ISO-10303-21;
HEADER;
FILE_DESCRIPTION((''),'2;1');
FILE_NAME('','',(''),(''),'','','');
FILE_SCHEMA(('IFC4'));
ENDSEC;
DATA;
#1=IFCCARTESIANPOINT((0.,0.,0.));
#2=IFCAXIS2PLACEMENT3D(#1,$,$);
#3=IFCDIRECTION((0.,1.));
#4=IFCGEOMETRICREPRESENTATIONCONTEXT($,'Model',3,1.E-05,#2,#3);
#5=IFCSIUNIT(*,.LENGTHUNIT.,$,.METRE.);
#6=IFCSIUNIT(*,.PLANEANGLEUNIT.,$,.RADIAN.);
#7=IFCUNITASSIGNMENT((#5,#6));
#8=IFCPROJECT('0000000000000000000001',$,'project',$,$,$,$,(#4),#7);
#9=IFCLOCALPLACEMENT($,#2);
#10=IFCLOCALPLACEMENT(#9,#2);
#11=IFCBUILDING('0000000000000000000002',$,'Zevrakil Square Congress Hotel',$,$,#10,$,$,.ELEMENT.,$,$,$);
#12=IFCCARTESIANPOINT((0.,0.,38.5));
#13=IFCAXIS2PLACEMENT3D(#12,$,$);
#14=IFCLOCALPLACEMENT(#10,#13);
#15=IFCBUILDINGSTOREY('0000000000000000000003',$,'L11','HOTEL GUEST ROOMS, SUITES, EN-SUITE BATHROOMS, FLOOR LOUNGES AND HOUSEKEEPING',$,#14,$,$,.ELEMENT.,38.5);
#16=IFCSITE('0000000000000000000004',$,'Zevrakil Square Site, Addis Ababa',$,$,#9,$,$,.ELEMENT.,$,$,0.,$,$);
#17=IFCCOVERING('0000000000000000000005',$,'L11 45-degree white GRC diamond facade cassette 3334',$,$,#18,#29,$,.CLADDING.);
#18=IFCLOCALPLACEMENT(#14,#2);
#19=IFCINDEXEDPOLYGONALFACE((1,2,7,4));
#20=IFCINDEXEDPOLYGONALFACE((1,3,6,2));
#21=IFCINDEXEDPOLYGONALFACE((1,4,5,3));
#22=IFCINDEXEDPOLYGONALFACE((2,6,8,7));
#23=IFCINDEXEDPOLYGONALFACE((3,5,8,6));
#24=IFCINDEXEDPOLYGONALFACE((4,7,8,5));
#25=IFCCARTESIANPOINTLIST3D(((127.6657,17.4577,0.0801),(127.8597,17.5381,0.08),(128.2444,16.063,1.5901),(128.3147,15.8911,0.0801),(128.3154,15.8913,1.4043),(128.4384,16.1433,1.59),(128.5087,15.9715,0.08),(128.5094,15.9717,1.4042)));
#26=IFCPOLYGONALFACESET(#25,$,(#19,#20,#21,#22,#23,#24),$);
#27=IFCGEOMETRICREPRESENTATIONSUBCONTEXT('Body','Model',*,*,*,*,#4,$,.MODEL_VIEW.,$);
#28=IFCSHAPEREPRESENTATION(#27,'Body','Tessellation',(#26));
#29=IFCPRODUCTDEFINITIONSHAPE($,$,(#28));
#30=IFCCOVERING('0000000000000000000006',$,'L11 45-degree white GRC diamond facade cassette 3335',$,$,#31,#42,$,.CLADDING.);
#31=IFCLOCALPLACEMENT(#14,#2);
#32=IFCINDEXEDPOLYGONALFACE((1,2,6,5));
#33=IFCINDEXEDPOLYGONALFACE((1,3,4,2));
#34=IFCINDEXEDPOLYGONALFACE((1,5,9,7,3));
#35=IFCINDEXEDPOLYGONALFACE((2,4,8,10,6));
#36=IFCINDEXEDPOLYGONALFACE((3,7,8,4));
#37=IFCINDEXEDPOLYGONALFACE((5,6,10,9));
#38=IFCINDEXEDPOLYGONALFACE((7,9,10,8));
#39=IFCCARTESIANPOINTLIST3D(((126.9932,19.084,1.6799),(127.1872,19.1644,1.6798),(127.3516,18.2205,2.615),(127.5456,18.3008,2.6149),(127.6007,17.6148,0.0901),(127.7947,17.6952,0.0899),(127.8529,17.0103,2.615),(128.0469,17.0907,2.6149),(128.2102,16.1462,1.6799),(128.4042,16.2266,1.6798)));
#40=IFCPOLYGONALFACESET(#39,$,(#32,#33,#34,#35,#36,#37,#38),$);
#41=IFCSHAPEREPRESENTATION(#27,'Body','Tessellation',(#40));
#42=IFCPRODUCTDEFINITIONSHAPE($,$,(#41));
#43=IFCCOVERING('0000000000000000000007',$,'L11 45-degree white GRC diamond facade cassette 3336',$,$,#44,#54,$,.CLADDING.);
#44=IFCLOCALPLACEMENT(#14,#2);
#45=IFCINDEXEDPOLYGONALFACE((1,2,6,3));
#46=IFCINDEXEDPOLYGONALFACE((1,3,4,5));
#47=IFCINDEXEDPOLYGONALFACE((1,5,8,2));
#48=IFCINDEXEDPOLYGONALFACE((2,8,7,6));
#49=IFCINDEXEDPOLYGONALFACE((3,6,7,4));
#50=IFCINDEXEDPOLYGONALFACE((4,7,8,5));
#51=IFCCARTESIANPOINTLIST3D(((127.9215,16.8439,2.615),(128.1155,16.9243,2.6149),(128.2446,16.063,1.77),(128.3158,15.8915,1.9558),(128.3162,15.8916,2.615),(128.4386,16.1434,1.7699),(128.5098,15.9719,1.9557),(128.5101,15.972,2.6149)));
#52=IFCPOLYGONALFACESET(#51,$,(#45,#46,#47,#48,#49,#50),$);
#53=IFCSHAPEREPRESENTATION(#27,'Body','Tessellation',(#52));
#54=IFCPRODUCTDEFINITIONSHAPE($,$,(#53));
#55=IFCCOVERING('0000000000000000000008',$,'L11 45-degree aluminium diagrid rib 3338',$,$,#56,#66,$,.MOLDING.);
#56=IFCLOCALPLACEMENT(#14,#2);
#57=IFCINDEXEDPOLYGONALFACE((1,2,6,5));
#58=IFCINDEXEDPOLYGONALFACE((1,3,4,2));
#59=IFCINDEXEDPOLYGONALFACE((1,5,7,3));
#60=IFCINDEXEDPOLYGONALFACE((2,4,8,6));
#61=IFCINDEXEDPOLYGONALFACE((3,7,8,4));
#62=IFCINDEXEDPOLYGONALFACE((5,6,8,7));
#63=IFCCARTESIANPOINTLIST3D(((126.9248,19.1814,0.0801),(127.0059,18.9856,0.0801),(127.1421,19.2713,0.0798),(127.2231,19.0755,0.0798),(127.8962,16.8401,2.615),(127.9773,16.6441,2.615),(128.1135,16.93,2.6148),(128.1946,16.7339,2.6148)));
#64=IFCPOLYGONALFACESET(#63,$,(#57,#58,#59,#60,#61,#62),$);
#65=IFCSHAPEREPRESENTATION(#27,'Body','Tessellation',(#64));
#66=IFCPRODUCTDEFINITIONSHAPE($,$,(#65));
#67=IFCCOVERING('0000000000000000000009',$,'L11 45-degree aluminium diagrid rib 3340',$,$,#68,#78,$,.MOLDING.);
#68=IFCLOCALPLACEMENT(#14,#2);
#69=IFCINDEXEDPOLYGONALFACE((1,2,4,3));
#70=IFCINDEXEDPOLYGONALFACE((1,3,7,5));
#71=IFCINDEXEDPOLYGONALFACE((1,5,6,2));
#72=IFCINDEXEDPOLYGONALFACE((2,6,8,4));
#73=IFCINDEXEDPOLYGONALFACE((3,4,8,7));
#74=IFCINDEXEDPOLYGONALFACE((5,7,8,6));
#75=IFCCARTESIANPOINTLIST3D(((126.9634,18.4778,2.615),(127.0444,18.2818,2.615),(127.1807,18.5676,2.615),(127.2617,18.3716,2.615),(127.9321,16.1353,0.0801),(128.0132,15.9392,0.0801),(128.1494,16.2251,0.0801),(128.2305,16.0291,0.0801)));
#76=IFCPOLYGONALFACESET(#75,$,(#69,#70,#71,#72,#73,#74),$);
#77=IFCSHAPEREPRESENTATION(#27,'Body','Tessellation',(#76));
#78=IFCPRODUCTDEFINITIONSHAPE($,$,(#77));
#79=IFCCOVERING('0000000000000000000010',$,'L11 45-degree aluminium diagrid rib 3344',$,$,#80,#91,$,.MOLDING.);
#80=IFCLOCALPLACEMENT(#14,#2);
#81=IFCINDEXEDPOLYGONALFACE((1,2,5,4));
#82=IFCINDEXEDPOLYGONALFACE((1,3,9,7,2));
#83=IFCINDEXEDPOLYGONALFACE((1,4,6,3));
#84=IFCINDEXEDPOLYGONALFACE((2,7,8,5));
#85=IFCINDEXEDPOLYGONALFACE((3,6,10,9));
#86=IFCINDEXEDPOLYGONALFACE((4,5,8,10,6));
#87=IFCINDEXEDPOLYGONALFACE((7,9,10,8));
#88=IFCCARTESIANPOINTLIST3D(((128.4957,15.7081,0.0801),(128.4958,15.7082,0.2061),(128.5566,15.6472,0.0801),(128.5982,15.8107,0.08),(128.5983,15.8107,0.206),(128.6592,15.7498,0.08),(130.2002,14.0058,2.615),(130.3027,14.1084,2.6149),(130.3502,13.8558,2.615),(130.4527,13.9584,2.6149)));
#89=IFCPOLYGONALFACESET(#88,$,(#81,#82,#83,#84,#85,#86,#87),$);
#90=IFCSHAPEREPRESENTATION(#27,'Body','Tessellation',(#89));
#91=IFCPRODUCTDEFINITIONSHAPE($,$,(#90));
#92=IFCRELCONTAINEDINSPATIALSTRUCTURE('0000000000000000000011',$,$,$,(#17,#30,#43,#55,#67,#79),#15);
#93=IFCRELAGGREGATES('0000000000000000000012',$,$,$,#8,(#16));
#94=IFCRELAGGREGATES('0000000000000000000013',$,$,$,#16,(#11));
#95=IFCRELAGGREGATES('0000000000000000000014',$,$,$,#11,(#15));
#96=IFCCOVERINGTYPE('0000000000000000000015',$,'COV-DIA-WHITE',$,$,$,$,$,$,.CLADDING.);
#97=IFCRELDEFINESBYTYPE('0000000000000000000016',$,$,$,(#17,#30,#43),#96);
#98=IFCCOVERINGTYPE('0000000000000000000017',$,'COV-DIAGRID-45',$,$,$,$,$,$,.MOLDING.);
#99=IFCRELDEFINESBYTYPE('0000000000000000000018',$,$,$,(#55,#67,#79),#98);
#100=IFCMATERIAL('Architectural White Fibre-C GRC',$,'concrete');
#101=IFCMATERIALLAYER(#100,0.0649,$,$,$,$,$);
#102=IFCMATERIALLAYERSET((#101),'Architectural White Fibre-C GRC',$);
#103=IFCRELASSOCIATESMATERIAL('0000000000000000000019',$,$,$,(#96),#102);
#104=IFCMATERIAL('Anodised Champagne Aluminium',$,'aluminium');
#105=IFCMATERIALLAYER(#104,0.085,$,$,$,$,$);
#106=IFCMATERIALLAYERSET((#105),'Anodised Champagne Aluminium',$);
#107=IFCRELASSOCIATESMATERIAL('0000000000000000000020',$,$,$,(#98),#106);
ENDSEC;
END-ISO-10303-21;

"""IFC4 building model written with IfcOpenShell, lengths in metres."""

from ifc_helpers import new_model, si_unit, direction, frame, origin, place, context, subcontext, project, spatial, polyline, outline, extrude, material, layer, layer_set, type_object, element, save


model = new_model("IFC4")

# Units and contexts
model_context = context("Model", 3, precision=1e-05, world=origin(), true_north=direction((0.0, 1.0)))
body_context = subcontext(model_context, "Body", "Model", "MODEL_VIEW")
ifc_project = project(units=[si_unit("LENGTHUNIT", "METRE"), si_unit("PLANEANGLEUNIT", "RADIAN")], contexts=[model_context])

# Site, building, storey
site_placement = place(None, origin())
site = spatial("IfcSite", under=ifc_project, at=site_placement, Name="Zevrakil Square Site, Addis Ababa", CompositionType="ELEMENT", RefElevation=0.0)
building_placement = place(site_placement, origin())
building = spatial("IfcBuilding", under=site, at=building_placement, Name="Zevrakil Square Congress Hotel", CompositionType="ELEMENT")
storey_placement = place(building_placement, frame((0.0, 0.0, 38.5)))
storey = spatial("IfcBuildingStorey", under=building, at=storey_placement, Name="L11", Description="HOTEL GUEST ROOMS, SUITES, EN-SUITE BATHROOMS, FLOOR LOUNGES AND HOUSEKEEPING", CompositionType="ELEMENT", Elevation=38.5)

# Coverings
ifc_material_1 = material(Name="Architectural White Fibre-C GRC", Category="concrete")
ifc_layer_1 = layer(ifc_material_1, 0.0649)
ifc_layer_set_1 = layer_set([ifc_layer_1], Name="Architectural White Fibre-C GRC")
covering_type_1 = type_object("IfcCoveringType", Name="COV-DIA-WHITE", PredefinedType="CLADDING", material=ifc_layer_set_1)
covering_1_placement = place(storey_placement, frame((128.2444, 16.063, 1.5901), z_axis=(-0.923868, -0.382711, 0.000542), x_axis=(0.270236, -0.653355, -0.707177)))
element("IfcCovering", 1, at=covering_1_placement, inside=storey, type_object=covering_type_1, Name="L11 45-degree white GRC diamond facade cassette 3334", PredefinedType="CLADDING", context=body_context, shape_type="SweptSolid", body=[
    extrude(outline(polyline([(0.0, 0.0), (0.2627, 0.0), (1.1991, -0.9363), (0.0002, -2.1355), (0.0, 0.0)])), origin(), (0.0, 0.0, -1.0), 0.21),
])
covering_2_placement = place(storey_placement, frame((128.2102, 16.1462, 1.6799), z_axis=(-0.923863, -0.382722, 0.000661), x_axis=(-0.271071, 0.653126, -0.707069)))
element("IfcCovering", 2, at=covering_2_placement, inside=storey, type_object=covering_type_1, Name="L11 45-degree white GRC diamond facade cassette 3335", PredefinedType="CLADDING", context=body_context, shape_type="SweptSolid", body=[
    extrude(outline(polyline([(0.0, 0.0), (2.2485, 0.0), (2.2486, -2.2484), (0.9263, -2.2485), (0.0, -1.3223), (0.0, 0.0)])), origin(), (0.0, 0.0, -1.0), 0.21),
])
covering_3_placement = place(storey_placement, frame((128.2446, 16.063, 1.77), z_axis=(-0.923814, -0.38284, 0.000556), x_axis=(-0.270377, 0.653459, 0.707027)))
element("IfcCovering", 3, at=covering_3_placement, inside=storey, type_object=covering_type_1, Name="L11 45-degree white GRC diamond facade cassette 3336", PredefinedType="CLADDING", context=body_context, shape_type="SweptSolid", body=[
    extrude(outline(polyline([(0.0, 0.0), (1.1951, 0.0), (0.4661, -0.7289), (0.0001, -0.2626), (0.0, 0.0)])), origin(), (0.0, 0.0, -1.0), 0.21),
])
ifc_material_2 = material(Name="Anodised Champagne Aluminium", Category="aluminium")
ifc_layer_2 = layer(ifc_material_2, 0.085)
ifc_layer_set_2 = layer_set([ifc_layer_2], Name="Anodised Champagne Aluminium")
covering_type_2 = type_object("IfcCoveringType", Name="COV-DIAGRID-45", PredefinedType="MOLDING", material=ifc_layer_set_2)
covering_4_placement = place(storey_placement, frame((127.0059, 18.9856, 0.0801), z_axis=(-0.924044, -0.382284, 0.001009), x_axis=(-0.382284, 0.924045, 0.0)))
element("IfcCovering", 4, at=covering_4_placement, inside=storey, type_object=covering_type_2, Name="L11 45-degree aluminium diagrid rib 3338", PredefinedType="MOLDING", context=body_context, shape_type="SweptSolid", body=[
    extrude(outline(polyline([(0.0, 0.0), (0.2119, 0.0), (-2.3229, -2.5349), (-2.5351, -2.5349), (0.0, 0.0)])), origin(), (0.0, 0.0, -1.0), 0.2351),
])
covering_5_placement = place(storey_placement, frame((127.1807, 18.5676, 2.615), z_axis=(0.924129, 0.382081, 0.000085), x_axis=(0.382081, -0.924129, 0.0)))
element("IfcCovering", 5, at=covering_5_placement, inside=storey, type_object=covering_type_2, Name="L11 45-degree aluminium diagrid rib 3340", PredefinedType="MOLDING", context=body_context, shape_type="SweptSolid", body=[
    extrude(outline(polyline([(0.0, 0.0), (0.2121, 0.0), (2.7471, 2.5349), (2.5349, 2.5349), (0.0, 0.0)])), origin(), (0.0, 0.0, -1.0), 0.2351),
])
covering_6_placement = place(storey_placement, frame((128.5566, 15.6472, 0.0801), z_axis=(-0.706991, -0.707223, 0.000437), x_axis=(-0.707223, 0.706991, 0.000001)))
element("IfcCovering", 6, at=covering_6_placement, inside=storey, type_object=covering_type_2, Name="L11 45-degree aluminium diagrid rib 3344", PredefinedType="MOLDING", context=body_context, shape_type="SweptSolid", body=[
    extrude(outline(polyline([(0.0, 0.0), (0.0861, 0.0), (0.0861, -0.126), (-2.3228, -2.5349), (-2.5349, -2.5349), (0.0, 0.0)])), origin(), (0.0, 0.0, -1.0), 0.145),
])

save(model, "model.ifc")
